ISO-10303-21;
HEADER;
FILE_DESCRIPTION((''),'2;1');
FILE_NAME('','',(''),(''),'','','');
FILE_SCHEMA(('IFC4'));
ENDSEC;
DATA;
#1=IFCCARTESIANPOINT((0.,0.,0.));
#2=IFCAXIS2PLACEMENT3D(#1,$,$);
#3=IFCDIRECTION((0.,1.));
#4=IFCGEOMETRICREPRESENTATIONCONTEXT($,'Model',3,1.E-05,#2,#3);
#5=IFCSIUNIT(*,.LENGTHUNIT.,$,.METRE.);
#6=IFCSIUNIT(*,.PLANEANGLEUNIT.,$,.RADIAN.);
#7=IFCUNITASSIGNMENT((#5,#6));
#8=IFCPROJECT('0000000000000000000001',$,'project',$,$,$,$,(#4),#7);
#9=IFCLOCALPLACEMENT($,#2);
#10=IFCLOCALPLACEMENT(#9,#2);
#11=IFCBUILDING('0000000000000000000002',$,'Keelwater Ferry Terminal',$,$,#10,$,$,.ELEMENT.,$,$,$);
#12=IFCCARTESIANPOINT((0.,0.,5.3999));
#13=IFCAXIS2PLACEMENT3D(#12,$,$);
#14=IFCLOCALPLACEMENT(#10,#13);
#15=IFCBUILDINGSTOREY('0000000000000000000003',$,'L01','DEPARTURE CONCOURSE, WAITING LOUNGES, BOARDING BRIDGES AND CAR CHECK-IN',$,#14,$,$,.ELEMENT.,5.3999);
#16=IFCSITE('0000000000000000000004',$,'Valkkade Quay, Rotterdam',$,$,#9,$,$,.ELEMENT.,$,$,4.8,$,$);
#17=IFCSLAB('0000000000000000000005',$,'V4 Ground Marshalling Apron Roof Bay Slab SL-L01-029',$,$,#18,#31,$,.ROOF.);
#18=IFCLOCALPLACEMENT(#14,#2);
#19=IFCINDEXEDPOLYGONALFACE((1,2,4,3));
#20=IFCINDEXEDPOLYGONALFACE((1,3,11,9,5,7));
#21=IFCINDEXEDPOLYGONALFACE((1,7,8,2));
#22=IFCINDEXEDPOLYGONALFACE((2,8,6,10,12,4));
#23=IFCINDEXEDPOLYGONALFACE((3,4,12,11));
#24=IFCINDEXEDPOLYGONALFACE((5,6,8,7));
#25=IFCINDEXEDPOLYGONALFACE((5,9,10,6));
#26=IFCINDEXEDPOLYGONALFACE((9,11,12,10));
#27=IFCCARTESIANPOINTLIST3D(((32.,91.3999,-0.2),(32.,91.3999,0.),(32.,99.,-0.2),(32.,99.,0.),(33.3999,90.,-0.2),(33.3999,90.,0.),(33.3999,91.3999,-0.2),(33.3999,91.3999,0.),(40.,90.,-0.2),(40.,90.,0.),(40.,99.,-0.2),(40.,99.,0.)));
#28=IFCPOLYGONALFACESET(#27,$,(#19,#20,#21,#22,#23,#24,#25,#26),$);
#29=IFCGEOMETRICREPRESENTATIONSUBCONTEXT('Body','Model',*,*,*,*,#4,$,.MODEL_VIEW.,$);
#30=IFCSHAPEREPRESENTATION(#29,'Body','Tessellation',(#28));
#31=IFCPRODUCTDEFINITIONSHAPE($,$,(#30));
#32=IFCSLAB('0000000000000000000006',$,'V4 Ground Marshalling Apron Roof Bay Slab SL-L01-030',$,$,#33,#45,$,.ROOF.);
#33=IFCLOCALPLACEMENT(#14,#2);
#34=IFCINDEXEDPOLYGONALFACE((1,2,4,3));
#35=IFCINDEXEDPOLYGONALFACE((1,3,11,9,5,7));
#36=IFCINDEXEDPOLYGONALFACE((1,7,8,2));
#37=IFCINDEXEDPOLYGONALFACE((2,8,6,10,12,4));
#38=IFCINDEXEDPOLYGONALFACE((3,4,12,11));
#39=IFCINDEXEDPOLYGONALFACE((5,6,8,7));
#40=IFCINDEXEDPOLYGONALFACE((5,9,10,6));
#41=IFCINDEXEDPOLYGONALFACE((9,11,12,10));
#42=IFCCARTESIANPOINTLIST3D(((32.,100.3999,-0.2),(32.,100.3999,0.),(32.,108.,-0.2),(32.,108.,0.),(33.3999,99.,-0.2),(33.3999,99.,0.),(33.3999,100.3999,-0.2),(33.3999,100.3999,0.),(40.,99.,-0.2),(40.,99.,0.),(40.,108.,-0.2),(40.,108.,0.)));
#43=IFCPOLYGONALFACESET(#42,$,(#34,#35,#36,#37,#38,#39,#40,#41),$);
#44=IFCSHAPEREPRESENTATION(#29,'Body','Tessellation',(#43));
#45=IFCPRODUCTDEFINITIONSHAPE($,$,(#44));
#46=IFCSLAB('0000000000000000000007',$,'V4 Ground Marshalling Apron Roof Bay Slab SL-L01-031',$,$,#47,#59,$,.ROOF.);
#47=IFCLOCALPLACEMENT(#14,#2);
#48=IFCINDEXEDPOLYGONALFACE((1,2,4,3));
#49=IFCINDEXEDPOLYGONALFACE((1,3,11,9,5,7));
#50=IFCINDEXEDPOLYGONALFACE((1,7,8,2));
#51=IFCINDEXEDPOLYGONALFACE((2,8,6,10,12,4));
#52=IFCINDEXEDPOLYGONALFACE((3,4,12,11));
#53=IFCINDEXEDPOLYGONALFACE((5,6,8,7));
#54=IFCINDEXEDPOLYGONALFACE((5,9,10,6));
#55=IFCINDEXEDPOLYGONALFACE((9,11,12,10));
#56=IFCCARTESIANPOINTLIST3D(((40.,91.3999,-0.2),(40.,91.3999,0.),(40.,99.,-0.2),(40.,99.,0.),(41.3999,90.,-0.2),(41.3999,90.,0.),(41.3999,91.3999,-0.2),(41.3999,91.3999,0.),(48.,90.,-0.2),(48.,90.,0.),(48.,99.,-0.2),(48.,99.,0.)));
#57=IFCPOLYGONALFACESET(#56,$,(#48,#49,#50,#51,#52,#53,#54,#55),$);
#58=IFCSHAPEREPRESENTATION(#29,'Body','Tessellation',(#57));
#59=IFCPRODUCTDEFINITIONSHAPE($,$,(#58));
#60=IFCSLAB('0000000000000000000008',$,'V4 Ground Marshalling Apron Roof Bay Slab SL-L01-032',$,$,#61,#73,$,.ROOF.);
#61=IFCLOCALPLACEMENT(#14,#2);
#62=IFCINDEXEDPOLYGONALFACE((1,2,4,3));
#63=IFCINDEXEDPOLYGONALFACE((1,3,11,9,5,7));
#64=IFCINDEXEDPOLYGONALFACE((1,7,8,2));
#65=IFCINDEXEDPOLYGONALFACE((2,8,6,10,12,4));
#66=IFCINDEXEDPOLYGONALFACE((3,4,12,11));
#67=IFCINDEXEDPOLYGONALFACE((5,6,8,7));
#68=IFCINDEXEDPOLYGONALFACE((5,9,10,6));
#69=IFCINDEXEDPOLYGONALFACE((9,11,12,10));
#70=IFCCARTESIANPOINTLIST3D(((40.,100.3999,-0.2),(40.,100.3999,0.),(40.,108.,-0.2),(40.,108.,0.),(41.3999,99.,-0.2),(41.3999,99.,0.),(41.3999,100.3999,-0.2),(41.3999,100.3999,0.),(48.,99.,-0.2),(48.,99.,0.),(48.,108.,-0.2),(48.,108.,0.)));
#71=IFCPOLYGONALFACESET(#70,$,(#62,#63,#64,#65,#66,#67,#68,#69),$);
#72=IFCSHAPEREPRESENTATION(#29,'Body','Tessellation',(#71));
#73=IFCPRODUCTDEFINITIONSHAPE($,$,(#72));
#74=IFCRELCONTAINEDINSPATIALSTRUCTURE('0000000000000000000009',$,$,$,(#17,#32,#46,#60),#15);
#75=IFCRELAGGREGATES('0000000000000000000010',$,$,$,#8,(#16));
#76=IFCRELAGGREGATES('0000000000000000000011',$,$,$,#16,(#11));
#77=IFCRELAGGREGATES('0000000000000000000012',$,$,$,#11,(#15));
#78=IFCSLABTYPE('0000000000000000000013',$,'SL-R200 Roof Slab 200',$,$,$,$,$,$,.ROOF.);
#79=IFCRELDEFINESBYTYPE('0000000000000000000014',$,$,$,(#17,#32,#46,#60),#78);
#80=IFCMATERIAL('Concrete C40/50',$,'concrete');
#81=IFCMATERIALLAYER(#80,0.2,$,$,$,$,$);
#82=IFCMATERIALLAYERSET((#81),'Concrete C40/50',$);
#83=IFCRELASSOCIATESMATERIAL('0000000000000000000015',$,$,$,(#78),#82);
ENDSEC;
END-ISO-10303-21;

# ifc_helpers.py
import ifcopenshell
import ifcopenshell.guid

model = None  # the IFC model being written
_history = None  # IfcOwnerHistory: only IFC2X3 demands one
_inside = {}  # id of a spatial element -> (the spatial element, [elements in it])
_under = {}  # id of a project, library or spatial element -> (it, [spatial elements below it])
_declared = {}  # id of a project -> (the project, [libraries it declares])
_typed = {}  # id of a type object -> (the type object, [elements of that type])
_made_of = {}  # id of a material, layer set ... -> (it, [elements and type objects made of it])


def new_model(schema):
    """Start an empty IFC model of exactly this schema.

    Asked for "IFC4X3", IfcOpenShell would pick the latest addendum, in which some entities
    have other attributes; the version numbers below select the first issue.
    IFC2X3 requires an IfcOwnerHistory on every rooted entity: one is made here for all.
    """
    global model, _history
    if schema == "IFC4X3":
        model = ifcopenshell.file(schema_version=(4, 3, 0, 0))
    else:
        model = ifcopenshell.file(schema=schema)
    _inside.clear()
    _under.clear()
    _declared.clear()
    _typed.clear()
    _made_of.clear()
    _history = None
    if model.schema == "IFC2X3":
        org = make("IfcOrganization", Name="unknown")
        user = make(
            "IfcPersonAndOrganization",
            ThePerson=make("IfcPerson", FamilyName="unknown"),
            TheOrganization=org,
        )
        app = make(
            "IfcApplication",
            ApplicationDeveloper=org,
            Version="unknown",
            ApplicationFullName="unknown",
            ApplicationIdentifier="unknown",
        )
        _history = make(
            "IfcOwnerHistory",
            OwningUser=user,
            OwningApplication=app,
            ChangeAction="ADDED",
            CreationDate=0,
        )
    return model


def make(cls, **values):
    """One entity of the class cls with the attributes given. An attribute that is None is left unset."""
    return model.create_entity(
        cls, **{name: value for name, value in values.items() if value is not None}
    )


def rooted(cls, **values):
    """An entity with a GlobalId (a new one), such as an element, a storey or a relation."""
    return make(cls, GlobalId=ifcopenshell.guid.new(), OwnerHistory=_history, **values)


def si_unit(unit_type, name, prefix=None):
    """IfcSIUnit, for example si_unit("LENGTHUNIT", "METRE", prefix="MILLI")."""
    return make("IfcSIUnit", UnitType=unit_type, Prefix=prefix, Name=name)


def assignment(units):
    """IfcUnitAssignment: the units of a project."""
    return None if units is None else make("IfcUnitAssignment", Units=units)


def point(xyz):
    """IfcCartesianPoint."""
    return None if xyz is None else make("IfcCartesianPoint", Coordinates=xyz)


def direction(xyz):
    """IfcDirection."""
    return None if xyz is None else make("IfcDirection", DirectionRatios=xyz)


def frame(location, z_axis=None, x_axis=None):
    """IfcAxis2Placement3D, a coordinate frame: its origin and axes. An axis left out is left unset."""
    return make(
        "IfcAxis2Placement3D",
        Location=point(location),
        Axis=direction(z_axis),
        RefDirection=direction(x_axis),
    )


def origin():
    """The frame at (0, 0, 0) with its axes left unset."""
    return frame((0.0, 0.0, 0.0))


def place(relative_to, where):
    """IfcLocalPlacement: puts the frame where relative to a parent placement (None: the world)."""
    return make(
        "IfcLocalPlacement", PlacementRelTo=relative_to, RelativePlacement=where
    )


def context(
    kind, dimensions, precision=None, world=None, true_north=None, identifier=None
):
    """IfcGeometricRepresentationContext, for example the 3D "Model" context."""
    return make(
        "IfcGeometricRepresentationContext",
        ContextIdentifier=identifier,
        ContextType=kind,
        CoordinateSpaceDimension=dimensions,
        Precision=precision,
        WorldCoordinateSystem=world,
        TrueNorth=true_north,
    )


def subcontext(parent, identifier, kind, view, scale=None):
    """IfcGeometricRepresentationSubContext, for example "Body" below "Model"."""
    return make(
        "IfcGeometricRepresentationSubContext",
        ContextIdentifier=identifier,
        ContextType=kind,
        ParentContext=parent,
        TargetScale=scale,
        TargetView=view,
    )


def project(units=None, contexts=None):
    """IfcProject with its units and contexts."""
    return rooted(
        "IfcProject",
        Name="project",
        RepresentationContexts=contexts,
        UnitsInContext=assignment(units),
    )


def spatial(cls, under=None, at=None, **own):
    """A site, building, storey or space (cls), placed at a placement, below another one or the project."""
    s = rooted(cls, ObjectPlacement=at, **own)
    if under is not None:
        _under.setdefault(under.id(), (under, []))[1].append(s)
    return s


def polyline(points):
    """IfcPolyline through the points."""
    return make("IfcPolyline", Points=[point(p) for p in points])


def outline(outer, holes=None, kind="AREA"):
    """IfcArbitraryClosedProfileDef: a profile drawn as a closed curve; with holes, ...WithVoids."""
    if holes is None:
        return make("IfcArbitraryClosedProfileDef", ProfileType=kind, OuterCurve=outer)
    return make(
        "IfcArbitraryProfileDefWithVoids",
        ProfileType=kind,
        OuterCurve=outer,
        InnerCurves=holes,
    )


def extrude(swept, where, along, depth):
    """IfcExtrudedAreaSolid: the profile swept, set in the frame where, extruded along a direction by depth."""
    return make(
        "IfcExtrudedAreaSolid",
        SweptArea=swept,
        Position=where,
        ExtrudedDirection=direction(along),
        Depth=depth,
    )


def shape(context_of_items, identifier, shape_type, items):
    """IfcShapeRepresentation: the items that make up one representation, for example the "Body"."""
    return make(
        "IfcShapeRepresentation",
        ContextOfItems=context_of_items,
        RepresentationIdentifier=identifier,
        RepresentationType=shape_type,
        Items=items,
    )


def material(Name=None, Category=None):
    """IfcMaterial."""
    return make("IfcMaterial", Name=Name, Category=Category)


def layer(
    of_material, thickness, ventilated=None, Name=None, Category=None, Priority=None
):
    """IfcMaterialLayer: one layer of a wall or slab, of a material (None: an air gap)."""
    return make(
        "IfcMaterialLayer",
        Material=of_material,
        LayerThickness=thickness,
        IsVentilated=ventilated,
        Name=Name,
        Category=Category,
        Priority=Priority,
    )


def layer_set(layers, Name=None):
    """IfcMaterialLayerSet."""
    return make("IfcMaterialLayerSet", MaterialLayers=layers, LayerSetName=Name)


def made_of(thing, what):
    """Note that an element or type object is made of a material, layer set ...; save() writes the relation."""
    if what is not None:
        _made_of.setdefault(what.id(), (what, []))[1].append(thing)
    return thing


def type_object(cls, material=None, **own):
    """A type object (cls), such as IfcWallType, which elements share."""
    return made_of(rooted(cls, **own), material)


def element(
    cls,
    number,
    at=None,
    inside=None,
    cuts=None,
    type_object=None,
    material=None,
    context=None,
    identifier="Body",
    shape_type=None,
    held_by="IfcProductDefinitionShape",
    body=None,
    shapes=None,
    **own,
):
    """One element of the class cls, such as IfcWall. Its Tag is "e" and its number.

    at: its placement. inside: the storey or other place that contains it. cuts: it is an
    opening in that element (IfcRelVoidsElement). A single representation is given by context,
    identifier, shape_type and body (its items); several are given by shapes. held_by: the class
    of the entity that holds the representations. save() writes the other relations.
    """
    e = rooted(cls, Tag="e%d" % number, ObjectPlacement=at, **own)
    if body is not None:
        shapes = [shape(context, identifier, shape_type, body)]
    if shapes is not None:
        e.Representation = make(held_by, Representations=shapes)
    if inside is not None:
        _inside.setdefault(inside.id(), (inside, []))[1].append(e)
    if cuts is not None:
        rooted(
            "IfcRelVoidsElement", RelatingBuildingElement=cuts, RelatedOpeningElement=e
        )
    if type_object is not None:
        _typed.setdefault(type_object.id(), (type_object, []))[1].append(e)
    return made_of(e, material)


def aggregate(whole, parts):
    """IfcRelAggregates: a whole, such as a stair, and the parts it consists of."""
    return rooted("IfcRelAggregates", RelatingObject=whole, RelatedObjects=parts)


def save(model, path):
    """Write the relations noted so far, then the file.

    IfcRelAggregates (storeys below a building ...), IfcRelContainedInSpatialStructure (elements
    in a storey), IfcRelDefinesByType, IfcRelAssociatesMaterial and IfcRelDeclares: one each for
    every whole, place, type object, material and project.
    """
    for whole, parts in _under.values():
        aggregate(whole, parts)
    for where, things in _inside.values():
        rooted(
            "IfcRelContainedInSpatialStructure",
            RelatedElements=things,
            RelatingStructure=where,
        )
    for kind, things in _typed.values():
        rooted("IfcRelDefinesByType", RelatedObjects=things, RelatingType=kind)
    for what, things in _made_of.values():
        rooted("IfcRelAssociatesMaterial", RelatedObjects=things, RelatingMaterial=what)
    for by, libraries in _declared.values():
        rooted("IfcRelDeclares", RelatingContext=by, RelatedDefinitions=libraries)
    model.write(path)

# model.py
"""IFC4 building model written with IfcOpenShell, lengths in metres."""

from ifc_helpers import new_model, si_unit, direction, frame, origin, place, context, subcontext, project, spatial, polyline, outline, extrude, material, layer, layer_set, type_object, element, save


model = new_model("IFC4")

# Units and contexts
model_context = context("Model", 3, precision=1e-05, world=origin(), true_north=direction((0.0, 1.0)))
body_context = subcontext(model_context, "Body", "Model", "MODEL_VIEW")
ifc_project = project(units=[si_unit("LENGTHUNIT", "METRE"), si_unit("PLANEANGLEUNIT", "RADIAN")], contexts=[model_context])

# Site, building, storey
site_placement = place(None, origin())
site = spatial("IfcSite", under=ifc_project, at=site_placement, Name="Valkkade Quay, Rotterdam", CompositionType="ELEMENT", RefElevation=4.8)
building_placement = place(site_placement, origin())
building = spatial("IfcBuilding", under=site, at=building_placement, Name="Keelwater Ferry Terminal", CompositionType="ELEMENT")
storey_placement = place(building_placement, frame((0.0, 0.0, 5.3999)))
storey = spatial("IfcBuildingStorey", under=building, at=storey_placement, Name="L01", Description="DEPARTURE CONCOURSE, WAITING LOUNGES, BOARDING BRIDGES AND CAR CHECK-IN", CompositionType="ELEMENT", Elevation=5.3999)

# Slabs
ifc_material_1 = material(Name="Concrete C40/50", Category="concrete")
ifc_layer_1 = layer(ifc_material_1, 0.2)
ifc_layer_set_1 = layer_set([ifc_layer_1], Name="Concrete C40/50")
slab_type_1 = type_object("IfcSlabType", Name="SL-R200 Roof Slab 200", PredefinedType="ROOF", material=ifc_layer_set_1)
slab_1_placement = place(storey_placement, frame((0.0, 0.0, -0.2)))
element("IfcSlab", 1, at=slab_1_placement, inside=storey, type_object=slab_type_1, Name="V4 Ground Marshalling Apron Roof Bay Slab SL-L01-029", PredefinedType="ROOF", context=body_context, shape_type="SweptSolid", body=[
    extrude(outline(polyline([(33.3999, 90.0), (40.0, 90.0), (40.0, 99.0), (32.0, 99.0), (32.0, 91.3999), (33.3999, 91.3999), (33.3999, 90.0)])), origin(), (0.0, 0.0, 1.0), 0.2),
])
slab_2_placement = place(storey_placement, frame((0.0, 0.0, -0.2)))
element("IfcSlab", 2, at=slab_2_placement, inside=storey, type_object=slab_type_1, Name="V4 Ground Marshalling Apron Roof Bay Slab SL-L01-030", PredefinedType="ROOF", context=body_context, shape_type="SweptSolid", body=[
    extrude(outline(polyline([(33.3999, 99.0), (40.0, 99.0), (40.0, 108.0), (32.0, 108.0), (32.0, 100.3999), (33.3999, 100.3999), (33.3999, 99.0)])), origin(), (0.0, 0.0, 1.0), 0.2),
])
slab_3_placement = place(storey_placement, frame((0.0, 0.0, -0.2)))
element("IfcSlab", 3, at=slab_3_placement, inside=storey, type_object=slab_type_1, Name="V4 Ground Marshalling Apron Roof Bay Slab SL-L01-031", PredefinedType="ROOF", context=body_context, shape_type="SweptSolid", body=[
    extrude(outline(polyline([(41.3999, 90.0), (48.0, 90.0), (48.0, 99.0), (40.0, 99.0), (40.0, 91.3999), (41.3999, 91.3999), (41.3999, 90.0)])), origin(), (0.0, 0.0, 1.0), 0.2),
])
slab_4_placement = place(storey_placement, frame((0.0, 0.0, -0.2)))
element("IfcSlab", 4, at=slab_4_placement, inside=storey, type_object=slab_type_1, Name="V4 Ground Marshalling Apron Roof Bay Slab SL-L01-032", PredefinedType="ROOF", context=body_context, shape_type="SweptSolid", body=[
    extrude(outline(polyline([(41.3999, 99.0), (48.0, 99.0), (48.0, 108.0), (40.0, 108.0), (40.0, 100.3999), (41.3999, 100.3999), (41.3999, 99.0)])), origin(), (0.0, 0.0, 1.0), 0.2),
])

save(model, "model.ifc")
